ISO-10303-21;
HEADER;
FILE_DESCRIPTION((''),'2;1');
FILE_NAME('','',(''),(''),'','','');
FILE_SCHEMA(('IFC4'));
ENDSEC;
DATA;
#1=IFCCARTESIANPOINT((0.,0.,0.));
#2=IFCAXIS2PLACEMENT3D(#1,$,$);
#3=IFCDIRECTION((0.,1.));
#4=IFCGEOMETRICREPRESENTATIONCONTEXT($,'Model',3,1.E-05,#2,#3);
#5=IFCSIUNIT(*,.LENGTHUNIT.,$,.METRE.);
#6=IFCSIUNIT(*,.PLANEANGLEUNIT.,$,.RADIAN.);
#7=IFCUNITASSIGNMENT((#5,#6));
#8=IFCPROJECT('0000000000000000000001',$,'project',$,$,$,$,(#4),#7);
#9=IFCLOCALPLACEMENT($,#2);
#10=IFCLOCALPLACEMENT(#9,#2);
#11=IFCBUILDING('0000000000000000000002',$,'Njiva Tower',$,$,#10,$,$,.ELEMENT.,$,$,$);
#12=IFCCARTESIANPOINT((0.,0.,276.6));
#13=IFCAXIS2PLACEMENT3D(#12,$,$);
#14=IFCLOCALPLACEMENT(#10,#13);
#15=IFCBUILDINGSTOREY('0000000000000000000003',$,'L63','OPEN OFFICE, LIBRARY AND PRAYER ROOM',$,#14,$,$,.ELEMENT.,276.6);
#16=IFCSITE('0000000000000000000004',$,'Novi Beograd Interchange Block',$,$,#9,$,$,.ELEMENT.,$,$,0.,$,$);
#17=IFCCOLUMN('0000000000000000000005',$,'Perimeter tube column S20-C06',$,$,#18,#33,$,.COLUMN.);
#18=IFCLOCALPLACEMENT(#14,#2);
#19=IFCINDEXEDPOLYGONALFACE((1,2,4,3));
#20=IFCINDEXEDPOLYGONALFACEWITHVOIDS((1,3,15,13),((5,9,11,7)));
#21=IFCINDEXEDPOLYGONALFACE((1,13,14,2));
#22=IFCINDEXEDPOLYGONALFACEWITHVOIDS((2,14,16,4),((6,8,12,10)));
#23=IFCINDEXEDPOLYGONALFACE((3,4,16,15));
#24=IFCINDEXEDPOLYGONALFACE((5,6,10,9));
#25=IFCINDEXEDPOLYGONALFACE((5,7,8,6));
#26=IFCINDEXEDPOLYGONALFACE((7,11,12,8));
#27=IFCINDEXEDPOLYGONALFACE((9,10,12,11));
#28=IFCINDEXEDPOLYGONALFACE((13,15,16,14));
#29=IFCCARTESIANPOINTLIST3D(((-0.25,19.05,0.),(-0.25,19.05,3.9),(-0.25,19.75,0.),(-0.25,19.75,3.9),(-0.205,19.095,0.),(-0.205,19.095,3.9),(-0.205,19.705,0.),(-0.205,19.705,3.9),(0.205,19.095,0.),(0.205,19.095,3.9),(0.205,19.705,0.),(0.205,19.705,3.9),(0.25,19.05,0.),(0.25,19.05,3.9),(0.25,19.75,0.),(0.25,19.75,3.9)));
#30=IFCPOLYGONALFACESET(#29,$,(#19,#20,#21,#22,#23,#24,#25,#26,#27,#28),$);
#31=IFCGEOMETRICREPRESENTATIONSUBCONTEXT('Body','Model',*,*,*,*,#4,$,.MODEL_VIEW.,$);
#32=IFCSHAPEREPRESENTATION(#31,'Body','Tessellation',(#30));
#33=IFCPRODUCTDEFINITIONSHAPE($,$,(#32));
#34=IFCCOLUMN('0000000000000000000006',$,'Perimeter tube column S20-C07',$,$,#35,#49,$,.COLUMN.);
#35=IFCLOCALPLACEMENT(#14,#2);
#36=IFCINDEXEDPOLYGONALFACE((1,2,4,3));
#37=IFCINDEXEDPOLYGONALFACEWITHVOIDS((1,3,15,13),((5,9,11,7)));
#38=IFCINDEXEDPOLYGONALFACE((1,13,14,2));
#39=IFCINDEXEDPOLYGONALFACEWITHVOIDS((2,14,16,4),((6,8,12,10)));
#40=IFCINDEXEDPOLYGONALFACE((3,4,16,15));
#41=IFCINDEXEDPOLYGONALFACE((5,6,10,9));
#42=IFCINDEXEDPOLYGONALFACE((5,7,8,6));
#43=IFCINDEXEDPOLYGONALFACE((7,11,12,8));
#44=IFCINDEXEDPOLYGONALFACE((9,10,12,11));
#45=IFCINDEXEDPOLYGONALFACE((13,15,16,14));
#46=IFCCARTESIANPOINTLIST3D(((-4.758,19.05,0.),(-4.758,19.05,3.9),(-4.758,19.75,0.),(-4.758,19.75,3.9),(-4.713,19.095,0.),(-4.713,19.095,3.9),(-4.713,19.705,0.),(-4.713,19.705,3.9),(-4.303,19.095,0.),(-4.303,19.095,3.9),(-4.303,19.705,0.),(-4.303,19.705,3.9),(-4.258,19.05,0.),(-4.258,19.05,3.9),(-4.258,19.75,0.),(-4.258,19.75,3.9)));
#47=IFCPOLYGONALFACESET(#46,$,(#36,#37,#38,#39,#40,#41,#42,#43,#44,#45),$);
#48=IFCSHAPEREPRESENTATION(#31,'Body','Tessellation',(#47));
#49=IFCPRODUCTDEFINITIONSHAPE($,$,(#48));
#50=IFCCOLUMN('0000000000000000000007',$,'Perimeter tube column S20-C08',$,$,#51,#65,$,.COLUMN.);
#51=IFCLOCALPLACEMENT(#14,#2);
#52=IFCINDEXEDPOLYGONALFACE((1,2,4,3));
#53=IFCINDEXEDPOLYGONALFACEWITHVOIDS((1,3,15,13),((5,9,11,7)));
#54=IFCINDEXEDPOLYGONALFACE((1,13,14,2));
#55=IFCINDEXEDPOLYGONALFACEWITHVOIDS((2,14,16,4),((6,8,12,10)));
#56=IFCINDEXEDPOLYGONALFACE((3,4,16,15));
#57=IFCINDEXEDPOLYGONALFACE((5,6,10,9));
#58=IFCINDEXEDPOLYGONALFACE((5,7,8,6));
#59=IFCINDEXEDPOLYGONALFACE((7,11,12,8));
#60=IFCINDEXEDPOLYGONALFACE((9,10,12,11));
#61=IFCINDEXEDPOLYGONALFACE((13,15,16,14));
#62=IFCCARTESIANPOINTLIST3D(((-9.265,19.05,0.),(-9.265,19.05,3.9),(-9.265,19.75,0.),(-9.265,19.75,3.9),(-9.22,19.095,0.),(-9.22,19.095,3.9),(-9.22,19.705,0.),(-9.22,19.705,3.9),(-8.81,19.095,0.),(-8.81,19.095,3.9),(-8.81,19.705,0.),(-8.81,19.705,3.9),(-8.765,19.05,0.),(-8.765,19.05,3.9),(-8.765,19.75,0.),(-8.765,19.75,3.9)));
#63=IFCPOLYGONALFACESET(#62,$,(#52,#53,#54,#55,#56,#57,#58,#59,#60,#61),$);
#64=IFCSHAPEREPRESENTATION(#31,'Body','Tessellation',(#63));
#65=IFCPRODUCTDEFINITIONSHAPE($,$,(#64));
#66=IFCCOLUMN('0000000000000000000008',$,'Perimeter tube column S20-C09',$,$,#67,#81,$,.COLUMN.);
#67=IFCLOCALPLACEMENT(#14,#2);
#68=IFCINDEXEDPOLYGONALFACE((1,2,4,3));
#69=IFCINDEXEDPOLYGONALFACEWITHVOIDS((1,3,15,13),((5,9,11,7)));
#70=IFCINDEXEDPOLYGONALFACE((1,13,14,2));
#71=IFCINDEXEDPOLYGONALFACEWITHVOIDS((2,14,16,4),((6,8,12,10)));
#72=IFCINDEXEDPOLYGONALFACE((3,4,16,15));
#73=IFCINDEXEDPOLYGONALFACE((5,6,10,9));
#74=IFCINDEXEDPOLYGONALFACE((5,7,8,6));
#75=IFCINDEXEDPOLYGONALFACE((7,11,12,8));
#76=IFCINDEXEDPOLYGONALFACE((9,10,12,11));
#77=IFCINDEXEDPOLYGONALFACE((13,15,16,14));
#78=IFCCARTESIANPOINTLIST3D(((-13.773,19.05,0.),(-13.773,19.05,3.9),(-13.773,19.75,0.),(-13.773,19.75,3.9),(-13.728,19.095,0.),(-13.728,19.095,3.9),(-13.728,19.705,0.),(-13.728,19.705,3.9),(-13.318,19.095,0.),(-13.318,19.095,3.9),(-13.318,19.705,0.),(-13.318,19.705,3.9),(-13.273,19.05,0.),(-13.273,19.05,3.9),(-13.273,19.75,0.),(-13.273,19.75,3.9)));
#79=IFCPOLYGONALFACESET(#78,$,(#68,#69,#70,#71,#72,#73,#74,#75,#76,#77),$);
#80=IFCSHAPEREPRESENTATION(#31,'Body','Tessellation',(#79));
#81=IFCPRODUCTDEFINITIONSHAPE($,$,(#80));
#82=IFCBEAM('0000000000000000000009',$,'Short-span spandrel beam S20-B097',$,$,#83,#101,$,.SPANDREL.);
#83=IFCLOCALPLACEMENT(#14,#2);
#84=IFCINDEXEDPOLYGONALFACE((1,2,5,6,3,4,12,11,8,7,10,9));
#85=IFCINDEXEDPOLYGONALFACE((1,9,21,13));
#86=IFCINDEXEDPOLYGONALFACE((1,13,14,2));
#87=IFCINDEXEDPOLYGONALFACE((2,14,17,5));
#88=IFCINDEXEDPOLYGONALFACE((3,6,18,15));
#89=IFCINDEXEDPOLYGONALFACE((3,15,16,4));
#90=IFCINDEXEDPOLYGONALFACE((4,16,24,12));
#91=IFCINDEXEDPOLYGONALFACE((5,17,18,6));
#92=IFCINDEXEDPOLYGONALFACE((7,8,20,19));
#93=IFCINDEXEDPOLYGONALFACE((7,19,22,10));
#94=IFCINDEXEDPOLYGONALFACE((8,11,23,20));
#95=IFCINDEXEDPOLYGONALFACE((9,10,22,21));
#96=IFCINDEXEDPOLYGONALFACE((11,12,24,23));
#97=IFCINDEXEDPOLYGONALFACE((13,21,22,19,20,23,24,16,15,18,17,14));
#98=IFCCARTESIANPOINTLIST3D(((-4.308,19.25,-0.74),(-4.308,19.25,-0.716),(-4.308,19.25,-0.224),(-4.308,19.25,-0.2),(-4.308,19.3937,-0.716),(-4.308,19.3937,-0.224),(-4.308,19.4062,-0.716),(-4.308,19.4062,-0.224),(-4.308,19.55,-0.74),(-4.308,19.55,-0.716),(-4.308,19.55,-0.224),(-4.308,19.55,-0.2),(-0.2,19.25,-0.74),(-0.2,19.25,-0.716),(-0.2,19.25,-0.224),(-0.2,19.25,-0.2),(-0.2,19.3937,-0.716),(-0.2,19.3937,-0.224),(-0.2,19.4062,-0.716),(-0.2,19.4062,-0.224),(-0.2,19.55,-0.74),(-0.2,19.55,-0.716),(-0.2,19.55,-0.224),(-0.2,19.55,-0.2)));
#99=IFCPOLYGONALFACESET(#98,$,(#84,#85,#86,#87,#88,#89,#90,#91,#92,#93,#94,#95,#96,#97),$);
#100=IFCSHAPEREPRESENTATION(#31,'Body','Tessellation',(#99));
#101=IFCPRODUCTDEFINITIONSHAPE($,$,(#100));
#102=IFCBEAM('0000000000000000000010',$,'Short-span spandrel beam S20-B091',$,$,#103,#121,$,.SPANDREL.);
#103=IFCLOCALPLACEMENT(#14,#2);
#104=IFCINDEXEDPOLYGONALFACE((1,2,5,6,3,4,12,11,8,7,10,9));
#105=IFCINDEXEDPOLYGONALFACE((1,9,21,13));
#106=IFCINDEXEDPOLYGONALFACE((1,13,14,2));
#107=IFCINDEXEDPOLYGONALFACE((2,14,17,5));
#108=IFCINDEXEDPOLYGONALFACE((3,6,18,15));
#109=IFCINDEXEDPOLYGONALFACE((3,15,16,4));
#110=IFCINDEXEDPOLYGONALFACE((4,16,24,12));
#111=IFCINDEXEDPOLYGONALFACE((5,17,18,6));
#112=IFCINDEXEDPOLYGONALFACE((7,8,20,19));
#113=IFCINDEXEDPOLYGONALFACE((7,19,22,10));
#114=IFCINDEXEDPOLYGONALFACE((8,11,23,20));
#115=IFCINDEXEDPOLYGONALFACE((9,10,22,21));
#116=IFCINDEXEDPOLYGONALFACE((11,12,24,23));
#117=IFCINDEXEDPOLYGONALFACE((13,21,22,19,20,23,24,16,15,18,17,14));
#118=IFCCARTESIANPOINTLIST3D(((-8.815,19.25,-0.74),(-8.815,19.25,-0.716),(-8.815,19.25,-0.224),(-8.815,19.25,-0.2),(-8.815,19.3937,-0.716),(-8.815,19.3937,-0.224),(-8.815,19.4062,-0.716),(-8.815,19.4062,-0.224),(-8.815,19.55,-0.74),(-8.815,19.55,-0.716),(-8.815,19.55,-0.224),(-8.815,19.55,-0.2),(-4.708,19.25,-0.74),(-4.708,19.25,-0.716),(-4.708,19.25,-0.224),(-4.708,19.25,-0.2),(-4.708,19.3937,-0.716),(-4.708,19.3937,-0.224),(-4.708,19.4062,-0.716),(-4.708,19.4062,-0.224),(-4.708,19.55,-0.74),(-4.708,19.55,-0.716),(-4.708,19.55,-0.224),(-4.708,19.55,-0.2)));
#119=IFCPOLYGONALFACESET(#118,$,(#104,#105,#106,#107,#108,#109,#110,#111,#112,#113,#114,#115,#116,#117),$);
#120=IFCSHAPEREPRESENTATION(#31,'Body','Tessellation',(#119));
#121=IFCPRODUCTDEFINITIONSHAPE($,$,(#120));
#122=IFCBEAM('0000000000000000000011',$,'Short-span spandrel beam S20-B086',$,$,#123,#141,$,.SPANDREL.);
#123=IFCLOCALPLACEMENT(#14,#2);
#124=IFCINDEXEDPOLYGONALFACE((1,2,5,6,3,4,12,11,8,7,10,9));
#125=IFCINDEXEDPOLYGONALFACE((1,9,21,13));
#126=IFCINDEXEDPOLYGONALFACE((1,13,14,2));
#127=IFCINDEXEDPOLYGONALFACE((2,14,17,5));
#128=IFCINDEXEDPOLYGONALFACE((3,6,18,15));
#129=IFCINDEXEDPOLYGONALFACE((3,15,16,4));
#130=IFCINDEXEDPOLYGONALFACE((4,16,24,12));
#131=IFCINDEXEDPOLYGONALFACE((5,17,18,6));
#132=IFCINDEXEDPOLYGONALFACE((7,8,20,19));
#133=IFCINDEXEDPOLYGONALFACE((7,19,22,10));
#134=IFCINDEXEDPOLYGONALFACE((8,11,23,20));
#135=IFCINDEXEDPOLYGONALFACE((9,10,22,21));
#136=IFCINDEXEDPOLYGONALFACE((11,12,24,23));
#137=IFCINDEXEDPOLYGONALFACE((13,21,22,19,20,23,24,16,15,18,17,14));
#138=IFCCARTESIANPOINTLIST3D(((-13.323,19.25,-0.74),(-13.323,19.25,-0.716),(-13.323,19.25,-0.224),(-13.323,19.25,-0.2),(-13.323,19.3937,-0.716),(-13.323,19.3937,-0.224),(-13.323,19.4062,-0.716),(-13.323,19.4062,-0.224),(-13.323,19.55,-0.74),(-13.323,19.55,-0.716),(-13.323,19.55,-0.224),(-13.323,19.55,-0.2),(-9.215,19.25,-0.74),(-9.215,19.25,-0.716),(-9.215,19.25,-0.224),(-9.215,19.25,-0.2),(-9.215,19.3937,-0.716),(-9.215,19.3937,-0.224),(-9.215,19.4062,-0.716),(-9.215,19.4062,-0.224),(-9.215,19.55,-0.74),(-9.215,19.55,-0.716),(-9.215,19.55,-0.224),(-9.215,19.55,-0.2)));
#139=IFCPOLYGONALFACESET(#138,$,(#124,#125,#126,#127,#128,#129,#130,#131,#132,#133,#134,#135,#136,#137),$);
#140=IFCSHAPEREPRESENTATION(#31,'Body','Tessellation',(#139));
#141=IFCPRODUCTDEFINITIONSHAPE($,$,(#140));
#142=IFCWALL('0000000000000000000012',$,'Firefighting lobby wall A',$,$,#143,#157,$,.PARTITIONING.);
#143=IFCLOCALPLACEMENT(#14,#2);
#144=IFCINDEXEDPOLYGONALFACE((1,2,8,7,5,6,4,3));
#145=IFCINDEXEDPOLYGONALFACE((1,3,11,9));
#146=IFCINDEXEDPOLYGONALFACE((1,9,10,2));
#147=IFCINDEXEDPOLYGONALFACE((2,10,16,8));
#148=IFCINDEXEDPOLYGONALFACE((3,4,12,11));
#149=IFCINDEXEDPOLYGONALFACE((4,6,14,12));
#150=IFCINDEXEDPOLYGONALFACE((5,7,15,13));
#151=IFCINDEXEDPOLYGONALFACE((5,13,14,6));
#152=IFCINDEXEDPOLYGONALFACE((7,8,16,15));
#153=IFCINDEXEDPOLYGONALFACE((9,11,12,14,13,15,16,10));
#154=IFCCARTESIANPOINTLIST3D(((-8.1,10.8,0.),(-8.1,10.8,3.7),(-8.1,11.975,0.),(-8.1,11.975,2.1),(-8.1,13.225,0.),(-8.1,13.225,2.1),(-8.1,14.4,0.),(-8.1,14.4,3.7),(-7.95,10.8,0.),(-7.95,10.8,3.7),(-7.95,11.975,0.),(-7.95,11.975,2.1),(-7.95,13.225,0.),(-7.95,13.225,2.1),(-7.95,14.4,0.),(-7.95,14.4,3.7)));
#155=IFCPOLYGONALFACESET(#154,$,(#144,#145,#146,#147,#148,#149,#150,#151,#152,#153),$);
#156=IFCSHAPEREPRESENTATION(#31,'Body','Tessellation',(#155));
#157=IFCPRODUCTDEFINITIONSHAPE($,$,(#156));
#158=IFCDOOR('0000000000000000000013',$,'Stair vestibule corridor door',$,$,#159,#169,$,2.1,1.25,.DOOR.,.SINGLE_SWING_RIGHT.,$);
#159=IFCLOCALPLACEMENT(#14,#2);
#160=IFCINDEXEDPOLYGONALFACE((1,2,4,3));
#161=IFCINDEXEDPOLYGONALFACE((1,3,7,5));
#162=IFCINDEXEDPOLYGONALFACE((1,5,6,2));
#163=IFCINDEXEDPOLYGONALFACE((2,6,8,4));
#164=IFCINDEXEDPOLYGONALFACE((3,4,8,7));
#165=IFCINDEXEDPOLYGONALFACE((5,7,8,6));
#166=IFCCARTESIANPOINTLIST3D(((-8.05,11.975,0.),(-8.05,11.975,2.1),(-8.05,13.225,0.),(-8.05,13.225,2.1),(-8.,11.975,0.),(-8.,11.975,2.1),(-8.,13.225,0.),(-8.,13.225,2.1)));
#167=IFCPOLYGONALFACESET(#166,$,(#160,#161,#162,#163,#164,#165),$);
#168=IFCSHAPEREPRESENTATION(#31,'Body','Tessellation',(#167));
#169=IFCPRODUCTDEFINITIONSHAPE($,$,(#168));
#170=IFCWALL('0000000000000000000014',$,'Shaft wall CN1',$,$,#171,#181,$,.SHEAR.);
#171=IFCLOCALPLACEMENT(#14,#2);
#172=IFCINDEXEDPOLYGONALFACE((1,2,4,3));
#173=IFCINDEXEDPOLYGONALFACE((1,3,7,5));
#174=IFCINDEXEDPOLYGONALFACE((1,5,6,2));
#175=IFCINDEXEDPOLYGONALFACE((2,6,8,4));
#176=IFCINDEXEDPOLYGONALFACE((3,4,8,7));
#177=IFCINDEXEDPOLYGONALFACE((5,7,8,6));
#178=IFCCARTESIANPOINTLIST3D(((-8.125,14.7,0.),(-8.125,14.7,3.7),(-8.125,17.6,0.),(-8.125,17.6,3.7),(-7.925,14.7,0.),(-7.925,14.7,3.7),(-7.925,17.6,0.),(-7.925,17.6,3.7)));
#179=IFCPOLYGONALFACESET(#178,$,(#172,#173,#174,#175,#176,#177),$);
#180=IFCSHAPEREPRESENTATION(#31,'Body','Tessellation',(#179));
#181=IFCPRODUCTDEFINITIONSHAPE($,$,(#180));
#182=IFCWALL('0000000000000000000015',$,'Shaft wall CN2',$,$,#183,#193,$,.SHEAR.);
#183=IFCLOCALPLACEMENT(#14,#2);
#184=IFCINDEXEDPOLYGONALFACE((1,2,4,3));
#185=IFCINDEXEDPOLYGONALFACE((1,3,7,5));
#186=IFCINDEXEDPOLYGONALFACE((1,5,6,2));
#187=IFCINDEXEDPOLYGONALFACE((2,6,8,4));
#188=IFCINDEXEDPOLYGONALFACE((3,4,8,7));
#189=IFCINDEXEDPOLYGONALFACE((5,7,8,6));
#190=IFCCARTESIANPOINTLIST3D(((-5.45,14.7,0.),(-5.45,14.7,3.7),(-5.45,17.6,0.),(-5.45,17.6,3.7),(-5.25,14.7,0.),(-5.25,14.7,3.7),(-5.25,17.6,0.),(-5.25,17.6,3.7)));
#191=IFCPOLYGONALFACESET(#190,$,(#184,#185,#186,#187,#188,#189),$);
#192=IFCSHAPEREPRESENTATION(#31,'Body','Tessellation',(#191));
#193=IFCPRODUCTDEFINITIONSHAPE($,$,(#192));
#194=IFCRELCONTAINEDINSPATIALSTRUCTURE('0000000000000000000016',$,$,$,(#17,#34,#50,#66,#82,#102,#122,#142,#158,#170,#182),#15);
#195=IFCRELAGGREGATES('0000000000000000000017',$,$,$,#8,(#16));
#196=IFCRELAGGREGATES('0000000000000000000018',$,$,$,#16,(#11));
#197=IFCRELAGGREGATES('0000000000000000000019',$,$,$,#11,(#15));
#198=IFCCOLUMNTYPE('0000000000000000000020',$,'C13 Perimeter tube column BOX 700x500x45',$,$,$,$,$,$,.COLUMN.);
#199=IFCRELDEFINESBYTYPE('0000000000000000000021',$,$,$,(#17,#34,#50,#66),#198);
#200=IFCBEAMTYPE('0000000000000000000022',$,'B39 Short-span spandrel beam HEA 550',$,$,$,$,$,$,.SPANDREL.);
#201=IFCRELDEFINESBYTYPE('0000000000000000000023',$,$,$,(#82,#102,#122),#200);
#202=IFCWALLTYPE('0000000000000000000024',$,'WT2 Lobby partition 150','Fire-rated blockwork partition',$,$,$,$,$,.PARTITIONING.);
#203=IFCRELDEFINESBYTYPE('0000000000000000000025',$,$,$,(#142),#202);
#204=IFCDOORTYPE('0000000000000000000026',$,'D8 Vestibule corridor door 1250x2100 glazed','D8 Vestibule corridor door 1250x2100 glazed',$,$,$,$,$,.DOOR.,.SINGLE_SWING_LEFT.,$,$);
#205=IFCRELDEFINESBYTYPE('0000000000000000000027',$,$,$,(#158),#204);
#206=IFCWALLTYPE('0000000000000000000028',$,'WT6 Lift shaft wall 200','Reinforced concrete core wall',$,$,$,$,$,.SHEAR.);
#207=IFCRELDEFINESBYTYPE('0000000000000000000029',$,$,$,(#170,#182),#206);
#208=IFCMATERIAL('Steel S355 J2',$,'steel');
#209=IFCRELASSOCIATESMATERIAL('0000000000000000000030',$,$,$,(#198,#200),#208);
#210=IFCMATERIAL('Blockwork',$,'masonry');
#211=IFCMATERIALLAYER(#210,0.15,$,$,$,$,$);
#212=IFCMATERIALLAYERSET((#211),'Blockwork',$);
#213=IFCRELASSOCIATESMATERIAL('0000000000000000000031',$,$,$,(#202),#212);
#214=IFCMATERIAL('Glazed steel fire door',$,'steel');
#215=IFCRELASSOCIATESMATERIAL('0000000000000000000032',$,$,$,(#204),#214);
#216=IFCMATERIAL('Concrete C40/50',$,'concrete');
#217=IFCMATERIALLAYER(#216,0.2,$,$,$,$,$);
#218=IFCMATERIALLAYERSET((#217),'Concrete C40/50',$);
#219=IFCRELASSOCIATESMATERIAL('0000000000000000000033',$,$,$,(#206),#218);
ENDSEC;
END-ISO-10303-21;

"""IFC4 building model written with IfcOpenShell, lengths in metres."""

from ifc_helpers import new_model, si_unit, direction, frame, frame_2d, origin, origin_2d, place, context, subcontext, project, spatial, rectangle, hollow_rectangle, i_section, extrude, material, layer, layer_set, material_profile, profile_set, type_object, element, fill, save


model = new_model("IFC4")

# Units and contexts
model_context = context("Model", 3, precision=1e-05, world=origin(), true_north=direction((0.0, 1.0)))
body_context = subcontext(model_context, "Body", "Model", "MODEL_VIEW")
ifc_project = project(units=[si_unit("LENGTHUNIT", "METRE"), si_unit("PLANEANGLEUNIT", "RADIAN")], contexts=[model_context])

# Site, building, storey
site_placement = place(None, origin())
site = spatial("IfcSite", under=ifc_project, at=site_placement, Name="Novi Beograd Interchange Block", CompositionType="ELEMENT", RefElevation=0.0)
building_placement = place(site_placement, origin())
building = spatial("IfcBuilding", under=site, at=building_placement, Name="Njiva Tower", CompositionType="ELEMENT")
storey_placement = place(building_placement, frame((0.0, 0.0, 276.6)))
storey = spatial("IfcBuildingStorey", under=building, at=storey_placement, Name="L63", Description="OPEN OFFICE, LIBRARY AND PRAYER ROOM", CompositionType="ELEMENT", Elevation=276.6)

# Columns
ifc_material_1 = material(Name="Steel S355 J2", Category="steel")
ifc_material_profile_1 = material_profile(ifc_material_1, hollow_rectangle(XDim=0.5, YDim=0.7, WallThickness=0.045, at=origin_2d()), Name="BOX 700x500x45")
ifc_profile_set_1 = profile_set([ifc_material_profile_1], Name="Steel S355 J2")
column_type = type_object("IfcColumnType", Name="C13 Perimeter tube column BOX 700x500x45", PredefinedType="COLUMN", material=ifc_profile_set_1)
for number, where, z_axis, x_axis, name in (
    (1, (0.0, 19.4, 0.0), (0.0, 0.0, 1.0), (-1.0, 0.0, 0.0), "Perimeter tube column S20-C06"),
    (2, (-4.508, 19.4, 0.0), (0.0, 0.0, 1.0), (-1.0, 0.0, 0.0), "Perimeter tube column S20-C07"),
    (3, (-9.015, 19.4, 0.0), (0.0, 0.0, 1.0), (-1.0, 0.0, 0.0), "Perimeter tube column S20-C08"),
    (4, (-13.523, 19.4, 0.0), (0.0, 0.0, 1.0), (-1.0, 0.0, 0.0), "Perimeter tube column S20-C09"),
):
    element("IfcColumn", number, at=place(storey_placement, frame(where, z_axis=z_axis, x_axis=x_axis)), inside=storey, type_object=column_type, Name=name, PredefinedType="COLUMN", context=body_context, shape_type="SweptSolid", body=[
        extrude(hollow_rectangle(XDim=0.5, YDim=0.7, WallThickness=0.045, at=origin_2d()), origin(), (0.0, 0.0, 1.0), 3.9),
    ])

# Beams
ifc_material_profile_2 = material_profile(ifc_material_1, i_section(OverallWidth=0.3, OverallDepth=0.54, WebThickness=0.0125, FlangeThickness=0.024, at=origin_2d()), Name="HEA 550")
ifc_profile_set_2 = profile_set([ifc_material_profile_2], Name="Steel S355 J2")
beam_type = type_object("IfcBeamType", Name="B39 Short-span spandrel beam HEA 550", PredefinedType="SPANDREL", material=ifc_profile_set_2)
beam_1_placement = place(storey_placement, frame((-0.2, 19.4, -0.47), z_axis=(-1.0, 0.0, 0.0), x_axis=(0.0, -1.0, 0.0)))
element("IfcBeam", 5, at=beam_1_placement, inside=storey, type_object=beam_type, Name="Short-span spandrel beam S20-B097", PredefinedType="SPANDREL", context=body_context, shape_type="SweptSolid", body=[
    extrude(i_section(OverallWidth=0.3, OverallDepth=0.54, WebThickness=0.0125, FlangeThickness=0.024, at=origin_2d()), origin(), (0.0, 0.0, 1.0), 4.108),
])
beam_2_placement = place(storey_placement, frame((-4.708, 19.4, -0.47), z_axis=(-1.0, 0.0, 0.0), x_axis=(0.0, -1.0, 0.0)))
element("IfcBeam", 6, at=beam_2_placement, inside=storey, type_object=beam_type, Name="Short-span spandrel beam S20-B091", PredefinedType="SPANDREL", context=body_context, shape_type="SweptSolid", body=[
    extrude(i_section(OverallWidth=0.3, OverallDepth=0.54, WebThickness=0.0125, FlangeThickness=0.024, at=origin_2d()), origin(), (0.0, 0.0, 1.0), 4.107),
])
beam_3_placement = place(storey_placement, frame((-9.215, 19.4, -0.47), z_axis=(-1.0, 0.0, 0.0), x_axis=(0.0, -1.0, 0.0)))
element("IfcBeam", 7, at=beam_3_placement, inside=storey, type_object=beam_type, Name="Short-span spandrel beam S20-B086", PredefinedType="SPANDREL", context=body_context, shape_type="SweptSolid", body=[
    extrude(i_section(OverallWidth=0.3, OverallDepth=0.54, WebThickness=0.0125, FlangeThickness=0.024, at=origin_2d()), origin(), (0.0, 0.0, 1.0), 4.108),
])

# Wall, opening, door
ifc_material_2 = material(Name="Blockwork", Category="masonry")
ifc_layer_1 = layer(ifc_material_2, 0.15)
ifc_layer_set_1 = layer_set([ifc_layer_1], Name="Blockwork")
wall_type_1 = type_object("IfcWallType", Name="WT2 Lobby partition 150", Description="Fire-rated blockwork partition", PredefinedType="PARTITIONING", material=ifc_layer_set_1)
wall_1_placement = place(storey_placement, frame((-8.025, 10.8, 0.0), z_axis=(0.0, 0.0, 1.0), x_axis=(0.0, 1.0, 0.0)))
wall_1 = element("IfcWall", 8, at=wall_1_placement, inside=storey, type_object=wall_type_1, Name="Firefighting lobby wall A", PredefinedType="PARTITIONING", context=body_context, shape_type="SweptSolid", body=[
    extrude(rectangle(XDim=3.6, YDim=0.15, at=frame_2d((1.8, 0.0))), origin(), (0.0, 0.0, 1.0), 3.7),
])
opening_1_placement = place(wall_1_placement, frame((1.175, 0.0, 0.0)))
opening_1 = element("IfcOpeningElement", 9, at=opening_1_placement, cuts=wall_1, PredefinedType="OPENING", context=body_context, shape_type="SweptSolid", body=[
    extrude(rectangle(XDim=1.25, YDim=2.1, at=frame_2d((0.625, 1.05))), frame((0.0, 0.085, 0.0), z_axis=(0.0, -1.0, 0.0), x_axis=(1.0, 0.0, 0.0)), (0.0, 0.0, 1.0), 0.17),
])
ifc_material_3 = material(Name="Glazed steel fire door", Category="steel")
door_type_1 = type_object("IfcDoorType", Name="D8 Vestibule corridor door 1250x2100 glazed", Description="D8 Vestibule corridor door 1250x2100 glazed", OperationType="SINGLE_SWING_LEFT", PredefinedType="DOOR", material=ifc_material_3)
door_1_placement = place(opening_1_placement, origin())
door_1 = element("IfcDoor", 10, at=door_1_placement, inside=storey, type_object=door_type_1, Name="Stair vestibule corridor door", OperationType="SINGLE_SWING_RIGHT", OverallHeight=2.1, OverallWidth=1.25, PredefinedType="DOOR", context=body_context, shape_type="SweptSolid", body=[
    extrude(rectangle(XDim=1.25, YDim=2.1, at=frame_2d((0.625, 1.05))), frame((0.0, 0.025, 0.0), z_axis=(0.0, -1.0, 0.0), x_axis=(1.0, 0.0, 0.0)), (0.0, 0.0, 1.0), 0.05),
])
fill(opening_1, door_1)

# Walls
ifc_material_4 = material(Name="Concrete C40/50", Category="concrete")
ifc_layer_2 = layer(ifc_material_4, 0.2)
ifc_layer_set_2 = layer_set([ifc_layer_2], Name="Concrete C40/50")
wall_type_2 = type_object("IfcWallType", Name="WT6 Lift shaft wall 200", Description="Reinforced concrete core wall", PredefinedType="SHEAR", material=ifc_layer_set_2)
for number, where, z_axis, x_axis, name in (
    (11, (-8.025, 14.7, 0.0), (0.0, 0.0, 1.0), (0.0, 1.0, 0.0), "Shaft wall CN1"),
    (12, (-5.35, 14.7, 0.0), (0.0, 0.0, 1.0), (0.0, 1.0, 0.0), "Shaft wall CN2"),
):
    element("IfcWall", number, at=place(storey_placement, frame(where, z_axis=z_axis, x_axis=x_axis)), inside=storey, type_object=wall_type_2, Name=name, PredefinedType="SHEAR", context=body_context, shape_type="SweptSolid", body=[
        extrude(rectangle(XDim=2.9, YDim=0.2, at=frame_2d((1.45, 0.0))), origin(), (0.0, 0.0, 1.0), 3.7),
    ])

save(model, "model.ifc")
